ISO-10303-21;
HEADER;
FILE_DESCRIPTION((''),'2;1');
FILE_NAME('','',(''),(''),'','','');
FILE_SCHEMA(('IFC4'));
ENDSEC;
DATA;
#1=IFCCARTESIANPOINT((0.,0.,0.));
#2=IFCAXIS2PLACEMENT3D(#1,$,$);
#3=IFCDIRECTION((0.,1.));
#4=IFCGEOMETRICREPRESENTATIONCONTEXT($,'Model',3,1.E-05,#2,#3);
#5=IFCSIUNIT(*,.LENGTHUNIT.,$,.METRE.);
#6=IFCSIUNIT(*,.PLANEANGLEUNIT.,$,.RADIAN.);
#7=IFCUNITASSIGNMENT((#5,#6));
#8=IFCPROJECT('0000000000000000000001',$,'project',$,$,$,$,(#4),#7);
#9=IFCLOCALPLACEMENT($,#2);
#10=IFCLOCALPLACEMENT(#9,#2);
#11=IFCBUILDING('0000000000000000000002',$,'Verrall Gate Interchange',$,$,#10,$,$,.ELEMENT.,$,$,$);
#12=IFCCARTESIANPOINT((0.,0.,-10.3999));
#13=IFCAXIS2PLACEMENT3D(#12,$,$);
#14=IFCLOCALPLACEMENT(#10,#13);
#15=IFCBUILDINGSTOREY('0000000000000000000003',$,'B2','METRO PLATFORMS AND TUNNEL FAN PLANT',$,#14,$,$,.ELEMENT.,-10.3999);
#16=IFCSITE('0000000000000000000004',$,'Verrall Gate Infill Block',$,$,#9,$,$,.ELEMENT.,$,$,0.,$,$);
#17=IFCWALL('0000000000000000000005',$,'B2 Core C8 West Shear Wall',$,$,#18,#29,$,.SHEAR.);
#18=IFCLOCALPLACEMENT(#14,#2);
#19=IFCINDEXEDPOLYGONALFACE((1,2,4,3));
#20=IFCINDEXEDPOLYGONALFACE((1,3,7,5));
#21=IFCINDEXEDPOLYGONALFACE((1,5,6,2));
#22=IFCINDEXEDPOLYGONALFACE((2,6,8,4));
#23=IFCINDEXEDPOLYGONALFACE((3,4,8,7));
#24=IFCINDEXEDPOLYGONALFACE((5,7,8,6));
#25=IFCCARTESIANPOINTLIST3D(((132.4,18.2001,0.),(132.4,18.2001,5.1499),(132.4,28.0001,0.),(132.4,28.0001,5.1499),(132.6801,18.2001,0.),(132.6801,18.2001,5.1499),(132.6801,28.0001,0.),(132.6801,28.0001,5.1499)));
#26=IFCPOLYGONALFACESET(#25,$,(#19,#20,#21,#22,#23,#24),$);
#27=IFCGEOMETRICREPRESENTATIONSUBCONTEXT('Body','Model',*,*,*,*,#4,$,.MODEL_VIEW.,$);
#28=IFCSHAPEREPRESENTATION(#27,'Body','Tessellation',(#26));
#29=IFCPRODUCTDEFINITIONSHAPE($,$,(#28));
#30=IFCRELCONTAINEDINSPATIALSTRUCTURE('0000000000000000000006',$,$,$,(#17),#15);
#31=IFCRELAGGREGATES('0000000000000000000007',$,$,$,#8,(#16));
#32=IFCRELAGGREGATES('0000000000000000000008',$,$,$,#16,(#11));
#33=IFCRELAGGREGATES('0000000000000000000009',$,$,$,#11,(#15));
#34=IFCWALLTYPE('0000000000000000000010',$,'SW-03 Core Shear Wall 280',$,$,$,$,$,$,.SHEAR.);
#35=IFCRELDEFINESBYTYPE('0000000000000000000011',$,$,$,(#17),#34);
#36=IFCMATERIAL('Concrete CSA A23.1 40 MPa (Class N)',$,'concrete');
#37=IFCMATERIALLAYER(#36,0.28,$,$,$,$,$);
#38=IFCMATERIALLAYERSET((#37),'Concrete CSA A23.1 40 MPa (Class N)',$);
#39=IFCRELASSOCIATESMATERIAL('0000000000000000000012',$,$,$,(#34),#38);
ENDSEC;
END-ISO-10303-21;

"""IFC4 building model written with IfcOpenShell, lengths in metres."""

from ifc_helpers import new_model, si_unit, direction, frame, frame_2d, origin, place, context, subcontext, project, spatial, rectangle, extrude, material, layer, layer_set, type_object, element, save


model = new_model("IFC4")

# Units and contexts
model_context = context("Model", 3, precision=1e-05, world=origin(), true_north=direction((0.0, 1.0)))
body_context = subcontext(model_context, "Body", "Model", "MODEL_VIEW")
ifc_project = project(units=[si_unit("LENGTHUNIT", "METRE"), si_unit("PLANEANGLEUNIT", "RADIAN")], contexts=[model_context])

# Site, building, storey
site_placement = place(None, origin())
site = spatial("IfcSite", under=ifc_project, at=site_placement, Name="Verrall Gate Infill Block", CompositionType="ELEMENT", RefElevation=0.0)
building_placement = place(site_placement, origin())
building = spatial("IfcBuilding", under=site, at=building_placement, Name="Verrall Gate Interchange", CompositionType="ELEMENT")
storey_placement = place(building_placement, frame((0.0, 0.0, -10.3999)))
storey = spatial("IfcBuildingStorey", under=building, at=storey_placement, Name="B2", Description="METRO PLATFORMS AND TUNNEL FAN PLANT", CompositionType="ELEMENT", Elevation=-10.3999)

# Wall
ifc_material_1 = material(Name="Concrete CSA A23.1 40 MPa (Class N)", Category="concrete")
ifc_layer_1 = layer(ifc_material_1, 0.28)
ifc_layer_set_1 = layer_set([ifc_layer_1], Name="Concrete CSA A23.1 40 MPa (Class N)")
wall_type_1 = type_object("IfcWallType", Name="SW-03 Core Shear Wall 280", PredefinedType="SHEAR", material=ifc_layer_set_1)
wall_1_placement = place(storey_placement, frame((132.54, 28.0, 0.0), z_axis=(0.0, 0.0, 1.0), x_axis=(0.0, -1.0, 0.0)))
element("IfcWall", 1, at=wall_1_placement, inside=storey, type_object=wall_type_1, Name="B2 Core C8 West Shear Wall", PredefinedType="SHEAR", context=body_context, shape_type="SweptSolid", body=[
    extrude(rectangle(XDim=9.8, YDim=0.28, at=frame_2d((4.8999, 0.0))), origin(), (0.0, 0.0, 1.0), 5.1499),
])

save(model, "model.ifc")
